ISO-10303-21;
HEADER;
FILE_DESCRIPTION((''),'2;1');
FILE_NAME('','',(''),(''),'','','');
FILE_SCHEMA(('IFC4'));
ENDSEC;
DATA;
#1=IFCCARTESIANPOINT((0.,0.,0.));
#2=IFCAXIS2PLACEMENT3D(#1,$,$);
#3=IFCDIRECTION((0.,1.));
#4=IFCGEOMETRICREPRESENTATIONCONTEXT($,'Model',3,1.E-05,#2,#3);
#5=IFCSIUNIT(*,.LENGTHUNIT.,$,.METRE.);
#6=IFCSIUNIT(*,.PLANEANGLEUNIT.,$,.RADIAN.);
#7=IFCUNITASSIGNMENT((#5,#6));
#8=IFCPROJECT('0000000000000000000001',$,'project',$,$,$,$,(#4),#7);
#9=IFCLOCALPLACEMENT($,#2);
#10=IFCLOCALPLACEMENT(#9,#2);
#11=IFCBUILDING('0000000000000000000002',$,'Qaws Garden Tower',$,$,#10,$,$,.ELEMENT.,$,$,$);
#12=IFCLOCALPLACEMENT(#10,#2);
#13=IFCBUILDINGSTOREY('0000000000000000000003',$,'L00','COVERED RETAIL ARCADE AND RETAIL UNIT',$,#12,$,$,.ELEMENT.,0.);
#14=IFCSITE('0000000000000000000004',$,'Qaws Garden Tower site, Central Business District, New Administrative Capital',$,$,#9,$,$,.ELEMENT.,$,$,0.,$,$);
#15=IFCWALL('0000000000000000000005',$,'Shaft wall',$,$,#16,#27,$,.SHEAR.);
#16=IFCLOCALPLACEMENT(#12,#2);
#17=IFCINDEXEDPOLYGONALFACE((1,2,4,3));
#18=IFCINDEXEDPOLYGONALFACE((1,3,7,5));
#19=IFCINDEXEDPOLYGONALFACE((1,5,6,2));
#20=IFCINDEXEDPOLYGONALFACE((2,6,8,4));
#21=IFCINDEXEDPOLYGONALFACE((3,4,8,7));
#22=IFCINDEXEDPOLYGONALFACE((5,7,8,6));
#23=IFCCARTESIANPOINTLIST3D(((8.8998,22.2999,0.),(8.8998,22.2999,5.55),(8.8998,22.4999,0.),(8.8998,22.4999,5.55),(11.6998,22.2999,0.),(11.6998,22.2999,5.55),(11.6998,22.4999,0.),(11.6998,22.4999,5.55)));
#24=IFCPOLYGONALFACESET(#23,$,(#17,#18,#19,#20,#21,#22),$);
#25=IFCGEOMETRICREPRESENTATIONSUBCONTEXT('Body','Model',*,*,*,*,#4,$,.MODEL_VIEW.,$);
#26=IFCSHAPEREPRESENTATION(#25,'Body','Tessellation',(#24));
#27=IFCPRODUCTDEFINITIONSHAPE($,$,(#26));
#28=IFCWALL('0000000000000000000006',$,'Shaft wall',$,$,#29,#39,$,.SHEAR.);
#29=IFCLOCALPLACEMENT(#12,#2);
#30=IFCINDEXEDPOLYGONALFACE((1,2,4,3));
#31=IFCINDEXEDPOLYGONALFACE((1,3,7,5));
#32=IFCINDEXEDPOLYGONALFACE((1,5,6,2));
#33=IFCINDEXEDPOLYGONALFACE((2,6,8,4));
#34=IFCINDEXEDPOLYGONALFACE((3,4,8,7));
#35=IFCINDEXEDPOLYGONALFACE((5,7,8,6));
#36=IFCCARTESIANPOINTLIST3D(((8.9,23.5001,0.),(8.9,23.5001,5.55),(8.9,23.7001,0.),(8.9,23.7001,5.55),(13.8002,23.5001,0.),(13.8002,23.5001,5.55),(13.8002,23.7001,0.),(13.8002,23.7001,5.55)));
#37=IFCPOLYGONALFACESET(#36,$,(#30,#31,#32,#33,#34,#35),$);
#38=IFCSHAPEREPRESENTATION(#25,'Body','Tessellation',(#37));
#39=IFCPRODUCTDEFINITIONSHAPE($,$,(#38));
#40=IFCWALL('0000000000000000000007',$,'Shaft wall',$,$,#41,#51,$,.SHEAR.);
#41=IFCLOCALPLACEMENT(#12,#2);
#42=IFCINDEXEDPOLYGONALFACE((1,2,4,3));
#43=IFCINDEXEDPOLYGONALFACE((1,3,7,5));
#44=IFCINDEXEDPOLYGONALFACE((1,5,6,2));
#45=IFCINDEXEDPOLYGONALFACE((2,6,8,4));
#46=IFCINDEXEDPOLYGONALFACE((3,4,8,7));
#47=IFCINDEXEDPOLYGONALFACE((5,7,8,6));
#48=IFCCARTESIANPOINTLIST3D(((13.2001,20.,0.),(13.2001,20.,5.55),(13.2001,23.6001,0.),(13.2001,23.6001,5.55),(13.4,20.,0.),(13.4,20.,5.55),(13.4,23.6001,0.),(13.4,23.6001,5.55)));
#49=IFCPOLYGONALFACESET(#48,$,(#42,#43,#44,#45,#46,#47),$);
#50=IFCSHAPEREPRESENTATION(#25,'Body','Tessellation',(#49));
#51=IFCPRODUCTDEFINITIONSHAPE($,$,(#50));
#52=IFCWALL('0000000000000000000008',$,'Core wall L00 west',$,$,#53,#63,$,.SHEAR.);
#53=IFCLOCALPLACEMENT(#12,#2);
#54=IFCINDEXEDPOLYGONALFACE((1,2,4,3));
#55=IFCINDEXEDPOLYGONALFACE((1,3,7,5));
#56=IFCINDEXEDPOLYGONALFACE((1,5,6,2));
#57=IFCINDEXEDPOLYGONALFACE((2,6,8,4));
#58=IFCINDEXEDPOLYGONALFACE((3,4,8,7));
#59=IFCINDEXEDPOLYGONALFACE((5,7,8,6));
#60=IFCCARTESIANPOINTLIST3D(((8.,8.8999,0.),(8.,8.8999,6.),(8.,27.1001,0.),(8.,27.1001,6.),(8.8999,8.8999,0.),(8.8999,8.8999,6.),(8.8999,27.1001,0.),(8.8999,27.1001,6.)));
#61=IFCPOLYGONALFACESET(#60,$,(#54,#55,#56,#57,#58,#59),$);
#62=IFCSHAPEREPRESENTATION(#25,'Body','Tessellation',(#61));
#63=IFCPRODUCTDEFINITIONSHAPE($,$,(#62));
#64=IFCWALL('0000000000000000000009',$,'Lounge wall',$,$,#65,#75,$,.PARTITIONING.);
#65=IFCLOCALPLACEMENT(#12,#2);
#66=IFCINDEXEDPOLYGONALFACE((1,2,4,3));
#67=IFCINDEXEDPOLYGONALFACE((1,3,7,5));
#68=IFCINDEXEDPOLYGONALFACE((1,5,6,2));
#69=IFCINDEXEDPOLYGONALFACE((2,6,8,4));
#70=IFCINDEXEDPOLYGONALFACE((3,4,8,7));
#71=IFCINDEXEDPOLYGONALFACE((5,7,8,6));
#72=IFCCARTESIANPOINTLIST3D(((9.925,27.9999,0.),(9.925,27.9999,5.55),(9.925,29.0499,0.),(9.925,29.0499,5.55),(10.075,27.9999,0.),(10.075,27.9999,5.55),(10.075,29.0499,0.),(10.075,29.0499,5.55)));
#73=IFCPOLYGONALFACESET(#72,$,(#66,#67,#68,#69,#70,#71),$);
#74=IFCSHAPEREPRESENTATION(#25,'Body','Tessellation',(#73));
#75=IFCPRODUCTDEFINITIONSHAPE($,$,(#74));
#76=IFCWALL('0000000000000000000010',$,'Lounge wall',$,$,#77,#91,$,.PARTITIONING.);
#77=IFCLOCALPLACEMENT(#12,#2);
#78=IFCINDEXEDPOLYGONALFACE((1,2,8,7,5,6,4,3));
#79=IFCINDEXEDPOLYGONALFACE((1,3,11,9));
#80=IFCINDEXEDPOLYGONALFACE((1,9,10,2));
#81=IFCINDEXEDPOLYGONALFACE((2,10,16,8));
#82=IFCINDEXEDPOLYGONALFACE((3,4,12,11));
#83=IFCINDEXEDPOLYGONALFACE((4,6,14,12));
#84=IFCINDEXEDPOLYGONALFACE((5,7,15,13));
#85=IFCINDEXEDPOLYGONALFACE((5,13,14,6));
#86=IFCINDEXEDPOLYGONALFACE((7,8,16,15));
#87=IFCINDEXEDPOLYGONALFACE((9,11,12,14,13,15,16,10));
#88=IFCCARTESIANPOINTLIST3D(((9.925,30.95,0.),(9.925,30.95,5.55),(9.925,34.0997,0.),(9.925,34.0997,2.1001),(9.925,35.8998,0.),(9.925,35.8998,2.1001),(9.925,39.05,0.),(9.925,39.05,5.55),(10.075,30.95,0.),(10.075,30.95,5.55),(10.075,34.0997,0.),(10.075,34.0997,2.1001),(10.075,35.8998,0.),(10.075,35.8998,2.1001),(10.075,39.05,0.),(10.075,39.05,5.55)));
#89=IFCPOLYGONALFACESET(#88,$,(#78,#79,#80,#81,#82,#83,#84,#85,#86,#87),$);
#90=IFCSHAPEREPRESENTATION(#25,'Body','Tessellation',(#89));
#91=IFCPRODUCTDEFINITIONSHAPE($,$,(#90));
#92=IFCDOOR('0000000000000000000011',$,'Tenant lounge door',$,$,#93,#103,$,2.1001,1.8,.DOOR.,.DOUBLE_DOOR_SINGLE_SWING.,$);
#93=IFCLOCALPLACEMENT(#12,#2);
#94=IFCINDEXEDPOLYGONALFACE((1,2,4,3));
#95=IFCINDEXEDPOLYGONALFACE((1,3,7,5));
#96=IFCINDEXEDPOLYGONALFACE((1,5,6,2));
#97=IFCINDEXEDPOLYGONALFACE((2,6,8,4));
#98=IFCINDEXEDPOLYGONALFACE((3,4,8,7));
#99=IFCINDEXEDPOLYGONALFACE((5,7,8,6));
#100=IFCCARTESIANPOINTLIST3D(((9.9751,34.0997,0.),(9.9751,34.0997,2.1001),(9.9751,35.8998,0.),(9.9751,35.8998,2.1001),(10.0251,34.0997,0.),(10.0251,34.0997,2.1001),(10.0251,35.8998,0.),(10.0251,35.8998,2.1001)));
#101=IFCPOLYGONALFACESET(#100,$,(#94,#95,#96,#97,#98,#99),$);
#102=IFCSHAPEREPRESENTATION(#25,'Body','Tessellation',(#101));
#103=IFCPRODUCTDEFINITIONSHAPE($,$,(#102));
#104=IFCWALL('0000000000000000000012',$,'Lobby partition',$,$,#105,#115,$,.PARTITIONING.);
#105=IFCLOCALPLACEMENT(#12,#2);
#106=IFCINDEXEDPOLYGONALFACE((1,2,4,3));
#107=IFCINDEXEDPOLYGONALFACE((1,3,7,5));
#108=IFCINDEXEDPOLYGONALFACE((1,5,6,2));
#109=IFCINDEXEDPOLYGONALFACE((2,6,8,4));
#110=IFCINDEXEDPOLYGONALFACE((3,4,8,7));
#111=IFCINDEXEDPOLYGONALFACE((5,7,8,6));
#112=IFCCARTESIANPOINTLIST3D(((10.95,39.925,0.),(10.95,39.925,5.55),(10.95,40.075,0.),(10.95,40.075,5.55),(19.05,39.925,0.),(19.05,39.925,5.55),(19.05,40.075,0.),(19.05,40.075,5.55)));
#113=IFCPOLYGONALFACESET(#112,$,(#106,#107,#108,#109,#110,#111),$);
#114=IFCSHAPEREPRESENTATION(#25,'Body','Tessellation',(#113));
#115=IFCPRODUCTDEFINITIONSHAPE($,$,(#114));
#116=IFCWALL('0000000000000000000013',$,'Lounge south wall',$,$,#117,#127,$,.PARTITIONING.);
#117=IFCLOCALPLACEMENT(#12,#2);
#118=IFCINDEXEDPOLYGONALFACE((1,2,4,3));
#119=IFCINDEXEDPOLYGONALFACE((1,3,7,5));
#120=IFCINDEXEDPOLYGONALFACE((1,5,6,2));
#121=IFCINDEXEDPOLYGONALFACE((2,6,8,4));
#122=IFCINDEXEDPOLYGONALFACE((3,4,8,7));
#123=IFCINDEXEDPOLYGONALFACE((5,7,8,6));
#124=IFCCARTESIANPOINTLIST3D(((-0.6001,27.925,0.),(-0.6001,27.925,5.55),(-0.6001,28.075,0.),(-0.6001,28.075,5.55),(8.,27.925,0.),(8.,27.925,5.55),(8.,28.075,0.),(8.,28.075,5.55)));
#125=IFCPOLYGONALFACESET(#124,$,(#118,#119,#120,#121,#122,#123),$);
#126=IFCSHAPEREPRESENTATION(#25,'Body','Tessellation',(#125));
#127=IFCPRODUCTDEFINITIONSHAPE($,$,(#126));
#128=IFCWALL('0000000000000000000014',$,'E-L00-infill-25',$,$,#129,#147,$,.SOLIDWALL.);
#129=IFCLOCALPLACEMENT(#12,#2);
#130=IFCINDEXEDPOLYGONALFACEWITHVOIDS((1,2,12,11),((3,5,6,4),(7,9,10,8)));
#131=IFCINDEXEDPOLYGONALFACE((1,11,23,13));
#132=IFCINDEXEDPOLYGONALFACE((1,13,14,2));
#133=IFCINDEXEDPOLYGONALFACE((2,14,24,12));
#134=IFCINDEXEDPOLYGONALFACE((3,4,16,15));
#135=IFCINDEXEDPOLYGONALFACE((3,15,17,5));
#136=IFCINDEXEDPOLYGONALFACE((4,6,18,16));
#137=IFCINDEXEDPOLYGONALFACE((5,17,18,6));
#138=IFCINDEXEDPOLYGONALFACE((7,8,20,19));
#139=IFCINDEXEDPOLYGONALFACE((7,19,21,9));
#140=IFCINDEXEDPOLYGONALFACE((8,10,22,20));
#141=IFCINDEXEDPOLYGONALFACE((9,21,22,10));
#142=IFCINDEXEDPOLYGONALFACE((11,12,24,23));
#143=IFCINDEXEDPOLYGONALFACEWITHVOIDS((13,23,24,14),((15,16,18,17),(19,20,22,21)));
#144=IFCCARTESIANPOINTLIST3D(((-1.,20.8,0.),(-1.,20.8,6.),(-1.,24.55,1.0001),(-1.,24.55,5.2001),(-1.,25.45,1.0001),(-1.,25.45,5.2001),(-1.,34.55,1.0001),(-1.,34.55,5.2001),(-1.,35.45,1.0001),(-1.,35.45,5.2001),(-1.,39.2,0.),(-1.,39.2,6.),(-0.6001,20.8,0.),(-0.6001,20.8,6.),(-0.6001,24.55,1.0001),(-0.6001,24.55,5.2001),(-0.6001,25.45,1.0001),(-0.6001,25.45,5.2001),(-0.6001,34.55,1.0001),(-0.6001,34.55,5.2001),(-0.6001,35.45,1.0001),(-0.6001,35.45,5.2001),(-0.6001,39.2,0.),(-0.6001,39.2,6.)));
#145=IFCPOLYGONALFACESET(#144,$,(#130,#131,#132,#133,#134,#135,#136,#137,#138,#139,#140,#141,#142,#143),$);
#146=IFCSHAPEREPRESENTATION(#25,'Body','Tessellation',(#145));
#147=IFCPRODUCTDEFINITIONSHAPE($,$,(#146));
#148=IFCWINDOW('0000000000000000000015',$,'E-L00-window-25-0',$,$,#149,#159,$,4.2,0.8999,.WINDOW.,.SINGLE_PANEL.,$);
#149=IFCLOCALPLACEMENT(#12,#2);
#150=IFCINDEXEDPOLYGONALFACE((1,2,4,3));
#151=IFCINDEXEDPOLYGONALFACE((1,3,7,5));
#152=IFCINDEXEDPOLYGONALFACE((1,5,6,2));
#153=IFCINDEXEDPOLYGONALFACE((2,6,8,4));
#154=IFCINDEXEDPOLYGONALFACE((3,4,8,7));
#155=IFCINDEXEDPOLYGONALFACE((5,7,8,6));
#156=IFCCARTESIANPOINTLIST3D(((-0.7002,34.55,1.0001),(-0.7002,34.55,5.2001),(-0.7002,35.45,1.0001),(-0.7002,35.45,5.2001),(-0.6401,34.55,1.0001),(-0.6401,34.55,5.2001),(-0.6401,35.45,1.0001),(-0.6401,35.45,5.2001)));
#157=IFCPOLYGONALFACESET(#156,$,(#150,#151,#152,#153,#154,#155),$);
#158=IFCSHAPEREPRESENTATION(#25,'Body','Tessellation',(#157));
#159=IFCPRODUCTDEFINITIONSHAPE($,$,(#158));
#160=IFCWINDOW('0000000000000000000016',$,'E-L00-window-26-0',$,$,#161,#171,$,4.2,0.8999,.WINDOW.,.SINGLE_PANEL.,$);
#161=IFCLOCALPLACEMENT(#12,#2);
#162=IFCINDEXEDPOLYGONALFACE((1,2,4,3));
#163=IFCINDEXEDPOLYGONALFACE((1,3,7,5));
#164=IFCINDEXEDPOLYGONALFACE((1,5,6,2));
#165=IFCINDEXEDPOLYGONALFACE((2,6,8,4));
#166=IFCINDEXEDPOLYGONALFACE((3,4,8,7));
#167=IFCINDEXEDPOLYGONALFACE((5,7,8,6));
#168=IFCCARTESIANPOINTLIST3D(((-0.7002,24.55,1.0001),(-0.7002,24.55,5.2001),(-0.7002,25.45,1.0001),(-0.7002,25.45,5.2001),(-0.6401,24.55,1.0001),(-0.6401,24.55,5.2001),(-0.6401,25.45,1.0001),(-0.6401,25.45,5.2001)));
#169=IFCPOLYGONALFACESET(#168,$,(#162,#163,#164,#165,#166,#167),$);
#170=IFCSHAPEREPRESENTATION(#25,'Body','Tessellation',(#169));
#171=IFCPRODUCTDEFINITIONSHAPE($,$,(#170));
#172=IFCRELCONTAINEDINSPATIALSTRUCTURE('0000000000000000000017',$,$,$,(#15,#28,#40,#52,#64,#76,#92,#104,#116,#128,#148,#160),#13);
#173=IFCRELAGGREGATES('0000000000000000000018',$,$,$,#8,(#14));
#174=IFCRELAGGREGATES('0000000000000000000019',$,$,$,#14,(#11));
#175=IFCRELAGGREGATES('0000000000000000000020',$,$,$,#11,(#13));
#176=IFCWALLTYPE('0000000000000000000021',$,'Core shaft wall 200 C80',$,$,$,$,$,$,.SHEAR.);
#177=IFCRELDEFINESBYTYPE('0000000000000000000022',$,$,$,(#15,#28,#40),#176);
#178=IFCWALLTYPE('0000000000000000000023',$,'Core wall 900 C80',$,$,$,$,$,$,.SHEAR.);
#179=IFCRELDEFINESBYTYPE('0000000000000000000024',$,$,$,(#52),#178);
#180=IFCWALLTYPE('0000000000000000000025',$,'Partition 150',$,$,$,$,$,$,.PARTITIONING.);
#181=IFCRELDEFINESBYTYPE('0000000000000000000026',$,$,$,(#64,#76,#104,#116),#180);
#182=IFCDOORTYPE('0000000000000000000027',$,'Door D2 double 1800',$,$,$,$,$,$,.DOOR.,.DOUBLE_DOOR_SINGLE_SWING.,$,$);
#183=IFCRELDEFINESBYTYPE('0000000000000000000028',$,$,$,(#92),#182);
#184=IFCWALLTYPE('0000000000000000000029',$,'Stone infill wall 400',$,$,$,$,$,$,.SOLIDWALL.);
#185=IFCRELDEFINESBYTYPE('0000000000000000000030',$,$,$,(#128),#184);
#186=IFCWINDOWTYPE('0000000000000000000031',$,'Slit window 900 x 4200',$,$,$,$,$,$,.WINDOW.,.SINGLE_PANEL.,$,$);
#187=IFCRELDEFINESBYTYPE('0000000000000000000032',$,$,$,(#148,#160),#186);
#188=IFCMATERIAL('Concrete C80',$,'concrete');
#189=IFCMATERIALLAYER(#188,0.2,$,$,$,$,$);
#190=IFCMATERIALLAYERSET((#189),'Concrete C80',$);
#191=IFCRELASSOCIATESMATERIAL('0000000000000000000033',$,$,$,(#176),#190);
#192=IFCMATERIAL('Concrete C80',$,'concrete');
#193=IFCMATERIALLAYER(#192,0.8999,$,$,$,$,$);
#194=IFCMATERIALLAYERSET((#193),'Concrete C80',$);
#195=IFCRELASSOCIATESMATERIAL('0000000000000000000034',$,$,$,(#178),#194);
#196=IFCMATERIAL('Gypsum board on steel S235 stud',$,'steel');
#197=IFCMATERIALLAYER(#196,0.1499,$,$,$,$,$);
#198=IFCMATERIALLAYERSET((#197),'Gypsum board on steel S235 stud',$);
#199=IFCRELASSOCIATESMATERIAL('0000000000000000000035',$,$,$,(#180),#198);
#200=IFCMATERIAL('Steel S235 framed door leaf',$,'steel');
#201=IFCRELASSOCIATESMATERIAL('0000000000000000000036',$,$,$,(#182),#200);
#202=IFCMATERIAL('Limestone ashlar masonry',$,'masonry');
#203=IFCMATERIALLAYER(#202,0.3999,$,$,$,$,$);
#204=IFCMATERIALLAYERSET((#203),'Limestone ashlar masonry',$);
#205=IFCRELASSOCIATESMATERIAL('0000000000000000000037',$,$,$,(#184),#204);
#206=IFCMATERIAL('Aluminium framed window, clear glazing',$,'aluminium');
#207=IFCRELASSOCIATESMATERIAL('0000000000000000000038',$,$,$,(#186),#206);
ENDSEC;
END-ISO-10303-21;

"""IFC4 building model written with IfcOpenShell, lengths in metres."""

from ifc_helpers import new_model, si_unit, direction, frame, frame_2d, origin, place, context, subcontext, project, spatial, rectangle, extrude, material, layer, layer_set, type_object, element, fill, save


model = new_model("IFC4")

# Units and contexts
model_context = context("Model", 3, precision=1e-05, world=origin(), true_north=direction((0.0, 1.0)))
body_context = subcontext(model_context, "Body", "Model", "MODEL_VIEW")
ifc_project = project(units=[si_unit("LENGTHUNIT", "METRE"), si_unit("PLANEANGLEUNIT", "RADIAN")], contexts=[model_context])

# Site, building, storey
site_placement = place(None, origin())
site = spatial("IfcSite", under=ifc_project, at=site_placement, Name="Qaws Garden Tower site, Central Business District, New Administrative Capital", CompositionType="ELEMENT", RefElevation=0.0)
building_placement = place(site_placement, origin())
building = spatial("IfcBuilding", under=site, at=building_placement, Name="Qaws Garden Tower", CompositionType="ELEMENT")
storey_placement = place(building_placement, origin())
storey = spatial("IfcBuildingStorey", under=building, at=storey_placement, Name="L00", Description="COVERED RETAIL ARCADE AND RETAIL UNIT", CompositionType="ELEMENT", Elevation=0.0)

# Walls
ifc_material_1 = material(Name="Concrete C80", Category="concrete")
ifc_layer_1 = layer(ifc_material_1, 0.2)
ifc_layer_set_1 = layer_set([ifc_layer_1], Name="Concrete C80")
wall_type_1 = type_object("IfcWallType", Name="Core shaft wall 200 C80", PredefinedType="SHEAR", material=ifc_layer_set_1)
wall_1_placement = place(storey_placement, frame((8.8999, 22.3999, 0.0), z_axis=(0.0, 0.0, 1.0), x_axis=(1.0, 0.0, 0.0)))
element("IfcWall", 1, at=wall_1_placement, inside=storey, type_object=wall_type_1, Name="Shaft wall", PredefinedType="SHEAR", context=body_context, shape_type="SweptSolid", body=[
    extrude(rectangle(XDim=2.8, YDim=0.2, at=frame_2d((1.3999, 0.0))), origin(), (0.0, 0.0, 1.0), 5.55),
])
wall_2_placement = place(storey_placement, frame((8.8999, 23.6001, 0.0), z_axis=(0.0, 0.0, 1.0), x_axis=(1.0, 0.0, 0.0)))
element("IfcWall", 2, at=wall_2_placement, inside=storey, type_object=wall_type_1, Name="Shaft wall", PredefinedType="SHEAR", context=body_context, shape_type="SweptSolid", body=[
    extrude(rectangle(XDim=4.9001, YDim=0.2, at=frame_2d((2.4502, 0.0))), origin(), (0.0, 0.0, 1.0), 5.55),
])
wall_3_placement = place(storey_placement, frame((13.3, 20.0, 0.0), z_axis=(0.0, 0.0, 1.0), x_axis=(0.0, 1.0, 0.0)))
element("IfcWall", 3, at=wall_3_placement, inside=storey, type_object=wall_type_1, Name="Shaft wall", PredefinedType="SHEAR", context=body_context, shape_type="SweptSolid", body=[
    extrude(rectangle(XDim=3.6001, YDim=0.2, at=frame_2d((1.8, 0.0))), origin(), (0.0, 0.0, 1.0), 5.55),
])
ifc_material_2 = material(Name="Concrete C80", Category="concrete")
ifc_layer_2 = layer(ifc_material_2, 0.8999)
ifc_layer_set_2 = layer_set([ifc_layer_2], Name="Concrete C80")
wall_type_2 = type_object("IfcWallType", Name="Core wall 900 C80", PredefinedType="SHEAR", material=ifc_layer_set_2)
wall_4_placement = place(storey_placement, frame((8.45, 27.1001, 0.0), z_axis=(0.0, 0.0, 1.0), x_axis=(0.0, -1.0, 0.0)))
element("IfcWall", 4, at=wall_4_placement, inside=storey, type_object=wall_type_2, Name="Core wall L00 west", PredefinedType="SHEAR", context=body_context, shape_type="SweptSolid", body=[
    extrude(rectangle(XDim=18.2002, YDim=0.8999, at=frame_2d((9.1001, 0.0))), origin(), (0.0, 0.0, 1.0), 6.0),
])
ifc_material_3 = material(Name="Gypsum board on steel S235 stud", Category="steel")
ifc_layer_3 = layer(ifc_material_3, 0.1499)
ifc_layer_set_3 = layer_set([ifc_layer_3], Name="Gypsum board on steel S235 stud")
wall_type_3 = type_object("IfcWallType", Name="Partition 150", PredefinedType="PARTITIONING", material=ifc_layer_set_3)
wall_5_placement = place(storey_placement, frame((10.0, 28.0, 0.0), z_axis=(0.0, 0.0, 1.0), x_axis=(0.0, 1.0, 0.0)))
element("IfcWall", 5, at=wall_5_placement, inside=storey, type_object=wall_type_3, Name="Lounge wall", PredefinedType="PARTITIONING", context=body_context, shape_type="SweptSolid", body=[
    extrude(rectangle(XDim=1.05, YDim=0.1499, at=frame_2d((0.5249, 0.0))), origin(), (0.0, 0.0, 1.0), 5.55),
])

# Wall, opening, door
wall_6_placement = place(storey_placement, frame((10.0, 30.95, 0.0), z_axis=(0.0, 0.0, 1.0), x_axis=(0.0, 1.0, 0.0)))
wall_6 = element("IfcWall", 6, at=wall_6_placement, inside=storey, type_object=wall_type_3, Name="Lounge wall", PredefinedType="PARTITIONING", context=body_context, shape_type="SweptSolid", body=[
    extrude(rectangle(XDim=8.1001, YDim=0.1499, at=frame_2d((4.05, 0.0))), origin(), (0.0, 0.0, 1.0), 5.55),
])
opening_1_placement = place(wall_6_placement, frame((3.1499, 0.0, 0.0)))
opening_1 = element("IfcOpeningElement", 7, at=opening_1_placement, cuts=wall_6, PredefinedType="OPENING", context=body_context, shape_type="SweptSolid", body=[
    extrude(rectangle(XDim=1.8, YDim=2.1001, at=frame_2d((0.8999, 1.05))), frame((0.0, 0.085, 0.0), z_axis=(0.0, -1.0, 0.0), x_axis=(1.0, 0.0, 0.0)), (0.0, 0.0, 1.0), 0.1699),
])
ifc_material_4 = material(Name="Steel S235 framed door leaf", Category="steel")
door_type = type_object("IfcDoorType", Name="Door D2 double 1800", OperationType="DOUBLE_DOOR_SINGLE_SWING", PredefinedType="DOOR", material=ifc_material_4)
door_placement = place(opening_1_placement, origin())
door = element("IfcDoor", 8, at=door_placement, inside=storey, type_object=door_type, Name="Tenant lounge door", OperationType="DOUBLE_DOOR_SINGLE_SWING", OverallHeight=2.1001, OverallWidth=1.8, PredefinedType="DOOR", context=body_context, shape_type="SweptSolid", body=[
    extrude(rectangle(XDim=1.8, YDim=2.1001, at=frame_2d((0.8999, 1.05))), frame((0.0, 0.0249, 0.0), z_axis=(0.0, -1.0, 0.0), x_axis=(1.0, 0.0, 0.0)), (0.0, 0.0, 1.0), 0.05),
])
fill(opening_1, door)

# Walls
wall_7_placement = place(storey_placement, frame((10.95, 40.0, 0.0), z_axis=(0.0, 0.0, 1.0), x_axis=(1.0, 0.0, 0.0)))
element("IfcWall", 9, at=wall_7_placement, inside=storey, type_object=wall_type_3, Name="Lobby partition", PredefinedType="PARTITIONING", context=body_context, shape_type="SweptSolid", body=[
    extrude(rectangle(XDim=8.1001, YDim=0.1499, at=frame_2d((4.05, 0.0))), origin(), (0.0, 0.0, 1.0), 5.55),
])
wall_8_placement = place(storey_placement, frame((-0.6001, 28.0, 0.0), z_axis=(0.0, 0.0, 1.0), x_axis=(1.0, 0.0, 0.0)))
element("IfcWall", 10, at=wall_8_placement, inside=storey, type_object=wall_type_3, Name="Lounge south wall", PredefinedType="PARTITIONING", context=body_context, shape_type="SweptSolid", body=[
    extrude(rectangle(XDim=8.6001, YDim=0.1499, at=frame_2d((4.3, 0.0))), origin(), (0.0, 0.0, 1.0), 5.55),
])

# Wall, openings, windows
ifc_material_5 = material(Name="Limestone ashlar masonry", Category="masonry")
ifc_layer_4 = layer(ifc_material_5, 0.3999)
ifc_layer_set_4 = layer_set([ifc_layer_4], Name="Limestone ashlar masonry")
wall_type_4 = type_object("IfcWallType", Name="Stone infill wall 400", PredefinedType="SOLIDWALL", material=ifc_layer_set_4)
wall_9_placement = place(storey_placement, frame((-0.8, 39.2, 0.0), z_axis=(0.0, 0.0, 1.0), x_axis=(0.0, -1.0, 0.0)))
wall_9 = element("IfcWall", 11, at=wall_9_placement, inside=storey, type_object=wall_type_4, Name="E-L00-infill-25", PredefinedType="SOLIDWALL", context=body_context, shape_type="SweptSolid", body=[
    extrude(rectangle(XDim=18.3999, YDim=0.3999, at=frame_2d((9.2, 0.0))), origin(), (0.0, 0.0, 1.0), 6.0),
])
opening_2_placement = place(wall_9_placement, frame((3.75, 0.0, 1.0)))
opening_2 = element("IfcOpeningElement", 12, at=opening_2_placement, cuts=wall_9, PredefinedType="OPENING", context=body_context, shape_type="SweptSolid", body=[
    extrude(rectangle(XDim=0.8999, YDim=4.2, at=frame_2d((0.45, 2.1001))), frame((0.0, 0.21, 0.0), z_axis=(0.0, -1.0, 0.0), x_axis=(1.0, 0.0, 0.0)), (0.0, 0.0, 1.0), 0.4199),
])
opening_3_placement = place(wall_9_placement, frame((13.75, 0.0, 1.0)))
opening_3 = element("IfcOpeningElement", 13, at=opening_3_placement, cuts=wall_9, PredefinedType="OPENING", context=body_context, shape_type="SweptSolid", body=[
    extrude(rectangle(XDim=0.8999, YDim=4.2, at=frame_2d((0.45, 2.1001))), frame((0.0, 0.21, 0.0), z_axis=(0.0, -1.0, 0.0), x_axis=(1.0, 0.0, 0.0)), (0.0, 0.0, 1.0), 0.4199),
])
ifc_material_6 = material(Name="Aluminium framed window, clear glazing", Category="aluminium")
window_type = type_object("IfcWindowType", Name="Slit window 900 x 4200", PartitioningType="SINGLE_PANEL", PredefinedType="WINDOW", material=ifc_material_6)
window_1_placement = place(opening_2_placement, origin())
window_1 = element("IfcWindow", 14, at=window_1_placement, inside=storey, type_object=window_type, Name="E-L00-window-25-0", OverallHeight=4.2, OverallWidth=0.8999, PartitioningType="SINGLE_PANEL", PredefinedType="WINDOW", context=body_context, shape_type="SweptSolid", body=[
    extrude(rectangle(XDim=0.8999, YDim=4.2, at=frame_2d((0.45, 2.1001))), frame((0.0, 0.1599, 0.0), z_axis=(0.0, -1.0, 0.0), x_axis=(1.0, 0.0, 0.0)), (0.0, 0.0, 1.0), 0.0601),
])
fill(opening_2, window_1)
window_2_placement = place(opening_3_placement, origin())
window_2 = element("IfcWindow", 15, at=window_2_placement, inside=storey, type_object=window_type, Name="E-L00-window-26-0", OverallHeight=4.2, OverallWidth=0.8999, PartitioningType="SINGLE_PANEL", PredefinedType="WINDOW", context=body_context, shape_type="SweptSolid", body=[
    extrude(rectangle(XDim=0.8999, YDim=4.2, at=frame_2d((0.45, 2.1001))), frame((0.0, 0.1599, 0.0), z_axis=(0.0, -1.0, 0.0), x_axis=(1.0, 0.0, 0.0)), (0.0, 0.0, 1.0), 0.0601),
])
fill(opening_3, window_2)

save(model, "model.ifc")
